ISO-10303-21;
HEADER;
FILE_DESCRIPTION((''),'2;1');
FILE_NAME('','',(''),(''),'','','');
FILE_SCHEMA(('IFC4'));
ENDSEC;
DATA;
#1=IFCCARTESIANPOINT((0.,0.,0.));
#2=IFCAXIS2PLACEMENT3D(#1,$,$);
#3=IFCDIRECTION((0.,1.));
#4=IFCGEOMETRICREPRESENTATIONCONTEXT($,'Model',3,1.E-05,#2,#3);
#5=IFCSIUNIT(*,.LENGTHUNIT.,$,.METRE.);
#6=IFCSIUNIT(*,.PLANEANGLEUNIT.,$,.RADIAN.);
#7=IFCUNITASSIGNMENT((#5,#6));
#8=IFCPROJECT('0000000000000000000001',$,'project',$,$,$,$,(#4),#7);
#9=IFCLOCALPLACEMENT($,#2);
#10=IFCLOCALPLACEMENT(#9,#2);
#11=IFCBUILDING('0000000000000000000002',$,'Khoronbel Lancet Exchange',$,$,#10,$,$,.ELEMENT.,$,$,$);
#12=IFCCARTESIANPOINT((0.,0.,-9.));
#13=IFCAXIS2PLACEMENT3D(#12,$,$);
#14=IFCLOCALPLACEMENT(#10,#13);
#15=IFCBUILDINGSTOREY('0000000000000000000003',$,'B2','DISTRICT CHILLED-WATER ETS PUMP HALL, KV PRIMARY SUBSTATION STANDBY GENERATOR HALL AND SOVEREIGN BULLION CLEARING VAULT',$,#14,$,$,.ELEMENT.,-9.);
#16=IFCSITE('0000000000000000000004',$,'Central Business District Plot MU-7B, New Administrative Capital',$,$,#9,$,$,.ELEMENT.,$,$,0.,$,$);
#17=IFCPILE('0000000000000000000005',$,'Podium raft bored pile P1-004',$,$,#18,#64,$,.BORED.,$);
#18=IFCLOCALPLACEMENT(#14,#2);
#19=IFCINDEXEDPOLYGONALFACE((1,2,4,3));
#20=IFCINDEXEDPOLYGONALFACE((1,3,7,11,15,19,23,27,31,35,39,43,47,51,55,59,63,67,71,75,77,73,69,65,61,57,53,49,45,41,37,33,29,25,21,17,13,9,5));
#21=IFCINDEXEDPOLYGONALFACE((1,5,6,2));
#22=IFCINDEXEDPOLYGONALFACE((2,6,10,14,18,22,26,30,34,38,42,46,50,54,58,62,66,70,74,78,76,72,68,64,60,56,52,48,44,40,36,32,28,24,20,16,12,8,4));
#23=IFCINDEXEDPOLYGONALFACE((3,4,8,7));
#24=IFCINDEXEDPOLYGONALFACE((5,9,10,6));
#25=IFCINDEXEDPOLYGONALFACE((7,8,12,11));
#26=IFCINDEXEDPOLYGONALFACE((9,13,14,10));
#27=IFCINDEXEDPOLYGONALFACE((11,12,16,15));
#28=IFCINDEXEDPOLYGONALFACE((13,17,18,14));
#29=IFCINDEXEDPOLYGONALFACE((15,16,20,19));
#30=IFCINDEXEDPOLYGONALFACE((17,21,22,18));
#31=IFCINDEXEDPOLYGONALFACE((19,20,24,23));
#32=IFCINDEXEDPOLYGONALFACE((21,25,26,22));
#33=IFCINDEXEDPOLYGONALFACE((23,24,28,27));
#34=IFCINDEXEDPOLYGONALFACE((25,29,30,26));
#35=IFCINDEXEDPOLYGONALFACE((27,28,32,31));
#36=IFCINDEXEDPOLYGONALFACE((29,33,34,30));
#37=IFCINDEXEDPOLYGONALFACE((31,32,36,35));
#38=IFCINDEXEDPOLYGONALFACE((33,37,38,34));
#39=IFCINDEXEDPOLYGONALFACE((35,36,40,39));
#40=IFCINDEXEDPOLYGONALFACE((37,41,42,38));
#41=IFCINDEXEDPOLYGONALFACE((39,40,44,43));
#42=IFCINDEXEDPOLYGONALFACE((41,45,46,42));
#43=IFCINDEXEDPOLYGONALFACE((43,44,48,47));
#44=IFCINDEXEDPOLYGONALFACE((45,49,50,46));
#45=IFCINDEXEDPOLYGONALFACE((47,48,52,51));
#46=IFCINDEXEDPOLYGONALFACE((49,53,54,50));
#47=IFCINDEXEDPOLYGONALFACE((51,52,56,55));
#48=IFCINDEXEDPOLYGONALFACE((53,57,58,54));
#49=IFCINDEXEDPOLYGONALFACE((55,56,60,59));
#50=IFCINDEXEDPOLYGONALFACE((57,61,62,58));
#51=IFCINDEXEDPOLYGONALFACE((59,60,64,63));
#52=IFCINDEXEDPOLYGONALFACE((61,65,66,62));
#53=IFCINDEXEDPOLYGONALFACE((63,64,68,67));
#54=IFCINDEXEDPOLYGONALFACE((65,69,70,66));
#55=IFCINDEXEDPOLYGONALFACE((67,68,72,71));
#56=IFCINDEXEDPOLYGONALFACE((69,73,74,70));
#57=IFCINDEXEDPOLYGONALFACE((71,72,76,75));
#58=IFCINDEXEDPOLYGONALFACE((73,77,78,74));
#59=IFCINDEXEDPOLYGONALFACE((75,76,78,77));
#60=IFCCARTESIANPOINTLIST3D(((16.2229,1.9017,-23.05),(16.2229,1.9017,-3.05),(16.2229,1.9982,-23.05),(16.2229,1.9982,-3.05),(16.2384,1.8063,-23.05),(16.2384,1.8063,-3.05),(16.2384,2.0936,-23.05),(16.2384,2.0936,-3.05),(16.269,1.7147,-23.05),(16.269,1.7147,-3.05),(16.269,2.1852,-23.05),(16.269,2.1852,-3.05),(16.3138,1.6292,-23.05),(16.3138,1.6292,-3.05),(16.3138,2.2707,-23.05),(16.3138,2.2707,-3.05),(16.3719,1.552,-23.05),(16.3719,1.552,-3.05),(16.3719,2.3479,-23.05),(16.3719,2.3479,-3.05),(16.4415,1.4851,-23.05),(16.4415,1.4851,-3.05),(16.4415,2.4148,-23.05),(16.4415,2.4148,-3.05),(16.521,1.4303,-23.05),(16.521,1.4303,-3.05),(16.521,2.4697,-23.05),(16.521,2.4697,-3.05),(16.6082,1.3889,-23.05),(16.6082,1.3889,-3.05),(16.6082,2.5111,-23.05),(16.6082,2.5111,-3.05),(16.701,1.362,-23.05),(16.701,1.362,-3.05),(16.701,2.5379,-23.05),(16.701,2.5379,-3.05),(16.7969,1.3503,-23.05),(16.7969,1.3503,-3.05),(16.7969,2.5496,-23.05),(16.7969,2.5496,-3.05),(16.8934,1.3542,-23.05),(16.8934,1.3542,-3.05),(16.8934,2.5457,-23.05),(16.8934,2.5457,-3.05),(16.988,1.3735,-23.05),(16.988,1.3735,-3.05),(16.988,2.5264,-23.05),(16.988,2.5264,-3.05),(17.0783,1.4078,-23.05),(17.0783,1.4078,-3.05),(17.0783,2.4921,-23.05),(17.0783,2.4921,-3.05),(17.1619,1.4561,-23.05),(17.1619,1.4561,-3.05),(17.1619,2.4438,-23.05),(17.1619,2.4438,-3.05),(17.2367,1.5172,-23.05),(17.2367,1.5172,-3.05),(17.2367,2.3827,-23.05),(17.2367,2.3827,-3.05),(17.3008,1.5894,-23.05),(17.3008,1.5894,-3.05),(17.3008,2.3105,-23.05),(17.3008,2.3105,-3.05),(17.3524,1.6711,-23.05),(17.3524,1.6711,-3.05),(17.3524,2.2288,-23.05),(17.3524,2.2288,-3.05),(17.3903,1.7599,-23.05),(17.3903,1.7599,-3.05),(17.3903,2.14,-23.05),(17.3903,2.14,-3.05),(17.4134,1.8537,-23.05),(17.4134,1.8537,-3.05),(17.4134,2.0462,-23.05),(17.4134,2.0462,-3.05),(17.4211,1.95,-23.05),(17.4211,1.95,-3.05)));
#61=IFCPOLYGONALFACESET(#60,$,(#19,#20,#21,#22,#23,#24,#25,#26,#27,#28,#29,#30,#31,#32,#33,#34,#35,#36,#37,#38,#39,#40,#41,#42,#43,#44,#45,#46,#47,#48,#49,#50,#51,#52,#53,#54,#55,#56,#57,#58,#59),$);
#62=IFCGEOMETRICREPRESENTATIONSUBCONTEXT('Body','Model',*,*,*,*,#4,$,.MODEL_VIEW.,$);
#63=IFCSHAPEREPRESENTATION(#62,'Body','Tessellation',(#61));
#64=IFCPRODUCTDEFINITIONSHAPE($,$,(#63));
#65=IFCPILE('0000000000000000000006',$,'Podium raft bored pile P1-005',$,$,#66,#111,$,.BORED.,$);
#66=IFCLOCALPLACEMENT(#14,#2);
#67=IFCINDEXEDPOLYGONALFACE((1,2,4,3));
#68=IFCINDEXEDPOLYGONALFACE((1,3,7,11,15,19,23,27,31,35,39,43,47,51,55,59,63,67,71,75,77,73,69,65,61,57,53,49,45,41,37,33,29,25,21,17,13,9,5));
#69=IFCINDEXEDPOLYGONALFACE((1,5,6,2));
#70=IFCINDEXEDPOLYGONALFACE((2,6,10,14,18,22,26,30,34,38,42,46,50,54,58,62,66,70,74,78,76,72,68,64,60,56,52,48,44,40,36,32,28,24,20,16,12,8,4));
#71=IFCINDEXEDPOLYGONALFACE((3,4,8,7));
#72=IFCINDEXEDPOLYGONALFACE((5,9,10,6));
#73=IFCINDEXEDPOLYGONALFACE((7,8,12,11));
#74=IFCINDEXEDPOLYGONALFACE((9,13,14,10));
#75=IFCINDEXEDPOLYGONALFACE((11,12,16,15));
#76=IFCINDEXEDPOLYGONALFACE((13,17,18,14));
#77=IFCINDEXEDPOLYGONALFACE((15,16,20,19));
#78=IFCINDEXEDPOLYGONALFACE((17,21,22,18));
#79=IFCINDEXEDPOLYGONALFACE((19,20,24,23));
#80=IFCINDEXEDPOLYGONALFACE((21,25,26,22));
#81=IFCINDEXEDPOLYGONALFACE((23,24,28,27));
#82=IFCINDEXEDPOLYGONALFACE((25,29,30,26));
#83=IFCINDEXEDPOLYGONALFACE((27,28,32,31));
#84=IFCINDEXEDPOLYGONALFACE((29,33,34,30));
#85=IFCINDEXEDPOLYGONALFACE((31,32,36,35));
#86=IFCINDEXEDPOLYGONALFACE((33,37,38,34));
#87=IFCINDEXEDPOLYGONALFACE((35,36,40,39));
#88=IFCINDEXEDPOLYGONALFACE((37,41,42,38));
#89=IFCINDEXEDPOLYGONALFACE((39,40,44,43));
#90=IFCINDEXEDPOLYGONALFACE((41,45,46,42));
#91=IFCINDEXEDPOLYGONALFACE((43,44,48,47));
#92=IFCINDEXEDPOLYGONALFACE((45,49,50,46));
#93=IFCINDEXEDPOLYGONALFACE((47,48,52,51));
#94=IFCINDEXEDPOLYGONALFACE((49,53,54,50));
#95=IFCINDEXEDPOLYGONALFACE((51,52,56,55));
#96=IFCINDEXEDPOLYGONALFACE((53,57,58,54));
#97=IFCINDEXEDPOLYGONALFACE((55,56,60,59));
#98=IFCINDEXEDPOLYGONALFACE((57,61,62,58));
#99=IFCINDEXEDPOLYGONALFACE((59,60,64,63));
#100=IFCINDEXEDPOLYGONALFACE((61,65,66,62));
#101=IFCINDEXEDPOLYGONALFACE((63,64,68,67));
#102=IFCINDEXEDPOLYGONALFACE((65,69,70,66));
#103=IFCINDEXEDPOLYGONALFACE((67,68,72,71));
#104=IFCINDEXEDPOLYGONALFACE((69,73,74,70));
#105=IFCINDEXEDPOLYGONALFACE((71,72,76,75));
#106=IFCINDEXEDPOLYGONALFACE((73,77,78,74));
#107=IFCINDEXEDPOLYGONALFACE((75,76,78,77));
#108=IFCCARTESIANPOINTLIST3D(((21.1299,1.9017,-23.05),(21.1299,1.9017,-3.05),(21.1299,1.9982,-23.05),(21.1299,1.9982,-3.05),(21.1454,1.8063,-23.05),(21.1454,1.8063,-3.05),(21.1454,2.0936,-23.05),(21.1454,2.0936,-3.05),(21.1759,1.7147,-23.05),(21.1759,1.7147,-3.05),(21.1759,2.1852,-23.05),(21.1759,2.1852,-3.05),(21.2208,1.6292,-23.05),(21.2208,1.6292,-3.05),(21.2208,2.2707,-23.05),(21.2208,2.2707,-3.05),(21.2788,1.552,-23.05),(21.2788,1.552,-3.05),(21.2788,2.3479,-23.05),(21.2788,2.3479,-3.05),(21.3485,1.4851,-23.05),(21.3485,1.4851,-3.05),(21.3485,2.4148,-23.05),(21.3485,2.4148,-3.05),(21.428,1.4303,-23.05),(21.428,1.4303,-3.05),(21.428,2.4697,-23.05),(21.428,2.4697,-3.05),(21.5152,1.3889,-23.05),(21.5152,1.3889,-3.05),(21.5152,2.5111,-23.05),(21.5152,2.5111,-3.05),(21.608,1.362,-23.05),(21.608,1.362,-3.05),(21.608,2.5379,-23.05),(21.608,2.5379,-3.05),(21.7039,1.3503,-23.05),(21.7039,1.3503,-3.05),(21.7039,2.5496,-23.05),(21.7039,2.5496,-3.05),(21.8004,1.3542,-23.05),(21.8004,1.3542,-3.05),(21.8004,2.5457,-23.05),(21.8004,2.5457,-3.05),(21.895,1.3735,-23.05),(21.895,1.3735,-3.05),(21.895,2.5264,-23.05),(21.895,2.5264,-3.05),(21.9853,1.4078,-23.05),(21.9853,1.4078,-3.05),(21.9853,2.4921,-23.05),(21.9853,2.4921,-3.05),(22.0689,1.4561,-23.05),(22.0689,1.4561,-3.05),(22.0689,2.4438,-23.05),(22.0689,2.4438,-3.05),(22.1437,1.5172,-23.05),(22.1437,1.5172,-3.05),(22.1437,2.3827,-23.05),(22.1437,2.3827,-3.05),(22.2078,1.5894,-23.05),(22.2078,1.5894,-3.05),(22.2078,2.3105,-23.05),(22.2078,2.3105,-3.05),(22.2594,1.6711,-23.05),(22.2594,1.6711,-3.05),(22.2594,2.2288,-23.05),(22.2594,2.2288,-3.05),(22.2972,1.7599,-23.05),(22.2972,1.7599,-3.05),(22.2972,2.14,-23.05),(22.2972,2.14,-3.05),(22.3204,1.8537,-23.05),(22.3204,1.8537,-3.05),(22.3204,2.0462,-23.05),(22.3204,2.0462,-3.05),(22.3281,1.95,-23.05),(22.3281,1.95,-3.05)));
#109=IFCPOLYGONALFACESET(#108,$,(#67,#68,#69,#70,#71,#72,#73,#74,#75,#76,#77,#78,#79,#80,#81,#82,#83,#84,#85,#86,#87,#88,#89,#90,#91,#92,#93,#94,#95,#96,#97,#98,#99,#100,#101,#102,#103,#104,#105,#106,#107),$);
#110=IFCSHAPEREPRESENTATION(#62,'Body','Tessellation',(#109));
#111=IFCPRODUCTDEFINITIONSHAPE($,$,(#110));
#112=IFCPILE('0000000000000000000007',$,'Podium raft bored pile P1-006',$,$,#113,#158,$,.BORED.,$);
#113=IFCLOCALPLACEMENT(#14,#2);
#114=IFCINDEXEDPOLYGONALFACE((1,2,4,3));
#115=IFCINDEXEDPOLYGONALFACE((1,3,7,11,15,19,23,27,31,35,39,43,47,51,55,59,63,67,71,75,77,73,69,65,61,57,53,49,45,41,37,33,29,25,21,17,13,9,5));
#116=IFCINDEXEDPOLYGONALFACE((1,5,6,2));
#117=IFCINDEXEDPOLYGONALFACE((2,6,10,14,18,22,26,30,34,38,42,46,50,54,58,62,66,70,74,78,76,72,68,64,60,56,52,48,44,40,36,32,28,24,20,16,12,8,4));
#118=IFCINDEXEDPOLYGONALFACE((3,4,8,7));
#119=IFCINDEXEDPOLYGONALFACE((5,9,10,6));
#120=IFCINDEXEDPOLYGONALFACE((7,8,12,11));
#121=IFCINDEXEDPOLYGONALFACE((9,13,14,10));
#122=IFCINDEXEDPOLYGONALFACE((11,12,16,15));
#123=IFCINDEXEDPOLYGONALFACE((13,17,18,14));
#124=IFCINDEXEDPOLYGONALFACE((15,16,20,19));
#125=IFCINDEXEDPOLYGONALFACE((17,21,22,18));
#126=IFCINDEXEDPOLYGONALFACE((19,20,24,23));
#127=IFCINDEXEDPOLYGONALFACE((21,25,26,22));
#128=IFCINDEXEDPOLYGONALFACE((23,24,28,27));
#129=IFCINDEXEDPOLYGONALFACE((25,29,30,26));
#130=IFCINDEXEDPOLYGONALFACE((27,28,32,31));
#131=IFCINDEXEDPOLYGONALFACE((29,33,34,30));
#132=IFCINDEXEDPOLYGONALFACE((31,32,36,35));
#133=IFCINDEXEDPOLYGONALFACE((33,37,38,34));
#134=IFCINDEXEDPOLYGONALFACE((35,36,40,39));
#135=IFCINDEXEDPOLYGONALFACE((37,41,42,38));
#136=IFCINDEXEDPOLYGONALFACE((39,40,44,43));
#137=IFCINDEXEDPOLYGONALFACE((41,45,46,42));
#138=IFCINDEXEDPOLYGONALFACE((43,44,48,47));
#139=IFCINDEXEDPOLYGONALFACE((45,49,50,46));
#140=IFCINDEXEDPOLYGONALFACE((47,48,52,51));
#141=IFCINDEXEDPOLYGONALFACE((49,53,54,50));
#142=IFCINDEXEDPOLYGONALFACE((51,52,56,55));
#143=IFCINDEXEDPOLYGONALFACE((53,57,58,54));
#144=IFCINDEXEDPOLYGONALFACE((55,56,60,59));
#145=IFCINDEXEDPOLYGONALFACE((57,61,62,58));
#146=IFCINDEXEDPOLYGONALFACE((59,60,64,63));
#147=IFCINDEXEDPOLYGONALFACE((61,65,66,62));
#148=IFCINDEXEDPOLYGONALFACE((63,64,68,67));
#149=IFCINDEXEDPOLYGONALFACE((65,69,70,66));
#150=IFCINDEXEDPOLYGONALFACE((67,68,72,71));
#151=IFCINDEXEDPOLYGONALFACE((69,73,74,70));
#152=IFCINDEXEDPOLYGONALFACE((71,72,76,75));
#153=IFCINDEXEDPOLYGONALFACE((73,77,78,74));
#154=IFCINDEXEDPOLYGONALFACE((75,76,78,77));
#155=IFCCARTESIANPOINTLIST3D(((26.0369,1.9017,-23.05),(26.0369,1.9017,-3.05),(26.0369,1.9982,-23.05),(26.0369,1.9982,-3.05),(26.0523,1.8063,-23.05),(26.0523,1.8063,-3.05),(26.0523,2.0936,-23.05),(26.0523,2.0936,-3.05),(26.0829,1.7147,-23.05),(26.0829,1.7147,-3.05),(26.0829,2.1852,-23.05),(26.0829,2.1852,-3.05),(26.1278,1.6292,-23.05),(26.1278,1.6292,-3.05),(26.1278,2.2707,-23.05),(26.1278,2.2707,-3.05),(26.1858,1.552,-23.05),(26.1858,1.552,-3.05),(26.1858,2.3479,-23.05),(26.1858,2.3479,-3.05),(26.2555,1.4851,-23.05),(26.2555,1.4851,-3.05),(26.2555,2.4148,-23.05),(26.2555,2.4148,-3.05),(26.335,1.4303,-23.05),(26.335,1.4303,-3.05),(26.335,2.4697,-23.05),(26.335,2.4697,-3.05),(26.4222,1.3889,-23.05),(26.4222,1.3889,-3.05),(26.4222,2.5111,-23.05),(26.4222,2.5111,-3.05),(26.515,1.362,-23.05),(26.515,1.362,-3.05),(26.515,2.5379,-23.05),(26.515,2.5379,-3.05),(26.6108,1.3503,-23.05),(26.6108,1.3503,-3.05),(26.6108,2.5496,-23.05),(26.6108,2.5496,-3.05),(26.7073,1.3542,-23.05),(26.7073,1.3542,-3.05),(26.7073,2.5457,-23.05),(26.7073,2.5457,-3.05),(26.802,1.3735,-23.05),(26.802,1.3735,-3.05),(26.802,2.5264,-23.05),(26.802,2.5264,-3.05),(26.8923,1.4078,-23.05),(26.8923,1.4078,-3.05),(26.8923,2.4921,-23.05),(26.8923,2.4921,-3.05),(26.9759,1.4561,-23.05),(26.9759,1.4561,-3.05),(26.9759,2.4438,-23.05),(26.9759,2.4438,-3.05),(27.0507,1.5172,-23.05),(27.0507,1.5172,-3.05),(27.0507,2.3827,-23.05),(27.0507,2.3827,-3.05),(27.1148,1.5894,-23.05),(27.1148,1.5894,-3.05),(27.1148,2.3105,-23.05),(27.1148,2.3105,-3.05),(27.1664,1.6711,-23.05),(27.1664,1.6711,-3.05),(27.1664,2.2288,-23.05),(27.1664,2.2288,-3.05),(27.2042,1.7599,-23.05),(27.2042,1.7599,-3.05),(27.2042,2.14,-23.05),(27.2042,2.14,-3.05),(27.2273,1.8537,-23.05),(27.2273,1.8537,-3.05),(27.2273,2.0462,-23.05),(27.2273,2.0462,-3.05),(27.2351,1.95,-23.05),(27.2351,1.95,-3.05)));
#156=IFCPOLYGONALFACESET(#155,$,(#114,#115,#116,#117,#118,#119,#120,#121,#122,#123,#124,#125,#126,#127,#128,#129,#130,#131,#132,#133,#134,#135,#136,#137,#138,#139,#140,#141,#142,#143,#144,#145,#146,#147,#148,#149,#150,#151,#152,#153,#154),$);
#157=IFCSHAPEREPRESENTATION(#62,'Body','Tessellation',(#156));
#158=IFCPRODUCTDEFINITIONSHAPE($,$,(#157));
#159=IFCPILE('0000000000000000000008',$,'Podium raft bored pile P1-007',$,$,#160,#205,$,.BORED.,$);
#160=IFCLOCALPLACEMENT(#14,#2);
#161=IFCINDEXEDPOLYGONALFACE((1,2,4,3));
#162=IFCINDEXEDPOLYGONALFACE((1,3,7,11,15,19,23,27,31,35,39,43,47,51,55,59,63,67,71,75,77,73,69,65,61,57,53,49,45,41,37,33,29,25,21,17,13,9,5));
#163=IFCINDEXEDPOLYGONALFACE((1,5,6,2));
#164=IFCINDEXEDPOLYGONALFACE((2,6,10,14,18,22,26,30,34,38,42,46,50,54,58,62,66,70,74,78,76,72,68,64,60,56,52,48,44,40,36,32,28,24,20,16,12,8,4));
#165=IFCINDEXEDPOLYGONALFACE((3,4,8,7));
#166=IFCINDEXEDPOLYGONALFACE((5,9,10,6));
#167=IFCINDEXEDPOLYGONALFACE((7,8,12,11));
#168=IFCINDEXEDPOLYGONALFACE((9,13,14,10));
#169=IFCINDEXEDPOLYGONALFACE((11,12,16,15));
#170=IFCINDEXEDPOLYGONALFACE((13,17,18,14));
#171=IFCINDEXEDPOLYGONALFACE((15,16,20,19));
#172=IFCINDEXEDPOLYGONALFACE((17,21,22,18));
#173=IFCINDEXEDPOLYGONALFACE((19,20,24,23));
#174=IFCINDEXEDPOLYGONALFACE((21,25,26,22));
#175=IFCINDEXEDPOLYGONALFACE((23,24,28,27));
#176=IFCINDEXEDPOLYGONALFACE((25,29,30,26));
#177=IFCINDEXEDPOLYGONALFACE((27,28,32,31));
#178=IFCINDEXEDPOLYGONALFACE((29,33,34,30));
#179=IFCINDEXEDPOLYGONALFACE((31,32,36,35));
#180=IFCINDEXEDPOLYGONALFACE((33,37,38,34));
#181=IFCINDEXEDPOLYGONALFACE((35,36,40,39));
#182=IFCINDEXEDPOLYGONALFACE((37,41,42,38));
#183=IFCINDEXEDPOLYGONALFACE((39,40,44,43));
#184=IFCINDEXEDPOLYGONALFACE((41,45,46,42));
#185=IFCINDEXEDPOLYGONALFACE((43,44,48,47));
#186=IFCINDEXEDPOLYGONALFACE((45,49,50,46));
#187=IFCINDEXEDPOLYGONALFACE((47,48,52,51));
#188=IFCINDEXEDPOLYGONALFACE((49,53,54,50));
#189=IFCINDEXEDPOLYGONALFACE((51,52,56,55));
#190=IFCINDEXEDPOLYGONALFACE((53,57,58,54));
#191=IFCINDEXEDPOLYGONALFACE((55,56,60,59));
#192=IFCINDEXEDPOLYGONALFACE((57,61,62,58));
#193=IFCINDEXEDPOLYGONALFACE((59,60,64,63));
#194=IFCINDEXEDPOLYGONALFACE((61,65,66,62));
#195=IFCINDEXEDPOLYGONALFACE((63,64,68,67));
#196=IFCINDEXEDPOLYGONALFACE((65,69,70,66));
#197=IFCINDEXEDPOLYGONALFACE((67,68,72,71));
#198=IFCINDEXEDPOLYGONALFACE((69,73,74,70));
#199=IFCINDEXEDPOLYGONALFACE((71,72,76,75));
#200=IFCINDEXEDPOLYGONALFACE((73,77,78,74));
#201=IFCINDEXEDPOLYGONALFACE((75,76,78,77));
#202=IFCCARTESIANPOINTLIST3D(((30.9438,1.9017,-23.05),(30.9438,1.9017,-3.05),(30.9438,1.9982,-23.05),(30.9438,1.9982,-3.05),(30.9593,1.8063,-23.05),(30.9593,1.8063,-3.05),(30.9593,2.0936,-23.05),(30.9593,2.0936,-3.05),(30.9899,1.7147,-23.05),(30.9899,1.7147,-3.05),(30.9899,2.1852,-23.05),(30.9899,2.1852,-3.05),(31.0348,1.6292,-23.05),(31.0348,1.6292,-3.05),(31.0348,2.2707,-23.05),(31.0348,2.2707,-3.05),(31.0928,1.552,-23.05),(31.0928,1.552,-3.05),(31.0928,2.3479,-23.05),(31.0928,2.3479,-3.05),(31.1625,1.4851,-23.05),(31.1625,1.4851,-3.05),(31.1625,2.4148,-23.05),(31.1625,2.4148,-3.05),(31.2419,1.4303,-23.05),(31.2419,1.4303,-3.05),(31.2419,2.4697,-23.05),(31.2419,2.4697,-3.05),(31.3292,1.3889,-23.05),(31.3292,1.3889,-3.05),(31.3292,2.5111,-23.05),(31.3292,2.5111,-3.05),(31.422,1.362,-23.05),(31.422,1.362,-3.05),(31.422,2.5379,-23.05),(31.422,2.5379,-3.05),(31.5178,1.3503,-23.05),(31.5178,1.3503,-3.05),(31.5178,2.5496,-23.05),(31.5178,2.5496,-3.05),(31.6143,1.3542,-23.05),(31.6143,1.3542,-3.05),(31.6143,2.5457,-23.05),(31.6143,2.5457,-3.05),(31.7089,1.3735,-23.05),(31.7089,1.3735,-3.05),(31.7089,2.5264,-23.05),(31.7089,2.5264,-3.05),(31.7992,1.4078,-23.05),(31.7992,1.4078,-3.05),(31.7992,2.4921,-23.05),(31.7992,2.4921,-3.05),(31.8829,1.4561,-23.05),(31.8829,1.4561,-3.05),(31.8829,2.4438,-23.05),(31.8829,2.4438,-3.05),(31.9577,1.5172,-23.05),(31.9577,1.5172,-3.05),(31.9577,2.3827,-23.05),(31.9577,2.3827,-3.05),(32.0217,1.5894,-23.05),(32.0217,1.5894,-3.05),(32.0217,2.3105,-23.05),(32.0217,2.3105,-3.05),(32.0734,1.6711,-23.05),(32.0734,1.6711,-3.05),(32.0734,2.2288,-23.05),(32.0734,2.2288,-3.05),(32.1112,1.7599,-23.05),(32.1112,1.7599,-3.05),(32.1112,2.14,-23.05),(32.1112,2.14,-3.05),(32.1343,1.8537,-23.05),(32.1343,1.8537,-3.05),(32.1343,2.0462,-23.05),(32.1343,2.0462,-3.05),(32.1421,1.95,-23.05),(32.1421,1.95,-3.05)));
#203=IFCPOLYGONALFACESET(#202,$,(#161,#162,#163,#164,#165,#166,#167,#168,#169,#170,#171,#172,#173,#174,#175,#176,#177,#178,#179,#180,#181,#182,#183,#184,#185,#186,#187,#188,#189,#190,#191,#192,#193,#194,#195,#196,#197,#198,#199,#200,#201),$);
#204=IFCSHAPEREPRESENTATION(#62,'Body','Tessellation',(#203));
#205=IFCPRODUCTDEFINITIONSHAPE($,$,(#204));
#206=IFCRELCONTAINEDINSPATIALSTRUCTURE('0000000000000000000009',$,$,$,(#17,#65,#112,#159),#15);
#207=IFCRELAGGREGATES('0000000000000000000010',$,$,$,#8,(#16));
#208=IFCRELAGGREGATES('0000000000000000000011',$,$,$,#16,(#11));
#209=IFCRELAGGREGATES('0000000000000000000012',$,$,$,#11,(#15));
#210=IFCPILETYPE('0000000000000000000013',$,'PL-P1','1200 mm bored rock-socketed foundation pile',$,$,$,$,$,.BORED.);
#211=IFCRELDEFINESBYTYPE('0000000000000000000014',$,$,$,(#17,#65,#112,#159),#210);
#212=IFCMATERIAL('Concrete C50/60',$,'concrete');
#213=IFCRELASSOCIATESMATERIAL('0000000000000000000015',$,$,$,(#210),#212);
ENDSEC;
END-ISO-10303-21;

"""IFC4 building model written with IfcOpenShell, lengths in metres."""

from ifc_helpers import new_model, si_unit, direction, frame, origin, origin_2d, place, context, subcontext, project, spatial, circle, extrude, material, material_profile, profile_set, type_object, element, save


model = new_model("IFC4")

# Units and contexts
model_context = context("Model", 3, precision=1e-05, world=origin(), true_north=direction((0.0, 1.0)))
body_context = subcontext(model_context, "Body", "Model", "MODEL_VIEW")
ifc_project = project(units=[si_unit("LENGTHUNIT", "METRE"), si_unit("PLANEANGLEUNIT", "RADIAN")], contexts=[model_context])

# Site, building, storey
site_placement = place(None, origin())
site = spatial("IfcSite", under=ifc_project, at=site_placement, Name="Central Business District Plot MU-7B, New Administrative Capital", CompositionType="ELEMENT", RefElevation=0.0)
building_placement = place(site_placement, origin())
building = spatial("IfcBuilding", under=site, at=building_placement, Name="Khoronbel Lancet Exchange", CompositionType="ELEMENT")
storey_placement = place(building_placement, frame((0.0, 0.0, -9.0)))
storey = spatial("IfcBuildingStorey", under=building, at=storey_placement, Name="B2", Description="DISTRICT CHILLED-WATER ETS PUMP HALL, KV PRIMARY SUBSTATION STANDBY GENERATOR HALL AND SOVEREIGN BULLION CLEARING VAULT", CompositionType="ELEMENT", Elevation=-9.0)

# Piles
ifc_material_1 = material(Name="Concrete C50/60", Category="concrete")
ifc_material_profile_1 = material_profile(ifc_material_1, circle(Radius=0.6001, at=origin_2d()), Name="BORED PILE D1200")
ifc_profile_set_1 = profile_set([ifc_material_profile_1], Name="Concrete C50/60")
pile_type_1 = type_object("IfcPileType", Name="PL-P1", Description="1200 mm bored rock-socketed foundation pile", PredefinedType="BORED", material=ifc_profile_set_1)
for number, where, z_axis, x_axis, name in (
    (1, (16.821, 1.95, -3.05), (0.0, 0.0, -1.0), (1.0, 0.0, 0.0), "Podium raft bored pile P1-004"),
    (2, (21.728, 1.95, -3.05), (0.0, 0.0, -1.0), (1.0, 0.0, 0.0), "Podium raft bored pile P1-005"),
    (3, (26.635, 1.95, -3.05), (0.0, 0.0, -1.0), (1.0, 0.0, 0.0), "Podium raft bored pile P1-006"),
    (4, (31.542, 1.95, -3.05), (0.0, 0.0, -1.0), (1.0, 0.0, 0.0), "Podium raft bored pile P1-007"),
):
    element("IfcPile", number, at=place(storey_placement, frame(where, z_axis=z_axis, x_axis=x_axis)), inside=storey, type_object=pile_type_1, Name=name, PredefinedType="BORED", context=body_context, shape_type="SweptSolid", body=[
        extrude(circle(Radius=0.6001, at=origin_2d()), origin(), (0.0, 0.0, 1.0), 20.0),
    ])

save(model, "model.ifc")
